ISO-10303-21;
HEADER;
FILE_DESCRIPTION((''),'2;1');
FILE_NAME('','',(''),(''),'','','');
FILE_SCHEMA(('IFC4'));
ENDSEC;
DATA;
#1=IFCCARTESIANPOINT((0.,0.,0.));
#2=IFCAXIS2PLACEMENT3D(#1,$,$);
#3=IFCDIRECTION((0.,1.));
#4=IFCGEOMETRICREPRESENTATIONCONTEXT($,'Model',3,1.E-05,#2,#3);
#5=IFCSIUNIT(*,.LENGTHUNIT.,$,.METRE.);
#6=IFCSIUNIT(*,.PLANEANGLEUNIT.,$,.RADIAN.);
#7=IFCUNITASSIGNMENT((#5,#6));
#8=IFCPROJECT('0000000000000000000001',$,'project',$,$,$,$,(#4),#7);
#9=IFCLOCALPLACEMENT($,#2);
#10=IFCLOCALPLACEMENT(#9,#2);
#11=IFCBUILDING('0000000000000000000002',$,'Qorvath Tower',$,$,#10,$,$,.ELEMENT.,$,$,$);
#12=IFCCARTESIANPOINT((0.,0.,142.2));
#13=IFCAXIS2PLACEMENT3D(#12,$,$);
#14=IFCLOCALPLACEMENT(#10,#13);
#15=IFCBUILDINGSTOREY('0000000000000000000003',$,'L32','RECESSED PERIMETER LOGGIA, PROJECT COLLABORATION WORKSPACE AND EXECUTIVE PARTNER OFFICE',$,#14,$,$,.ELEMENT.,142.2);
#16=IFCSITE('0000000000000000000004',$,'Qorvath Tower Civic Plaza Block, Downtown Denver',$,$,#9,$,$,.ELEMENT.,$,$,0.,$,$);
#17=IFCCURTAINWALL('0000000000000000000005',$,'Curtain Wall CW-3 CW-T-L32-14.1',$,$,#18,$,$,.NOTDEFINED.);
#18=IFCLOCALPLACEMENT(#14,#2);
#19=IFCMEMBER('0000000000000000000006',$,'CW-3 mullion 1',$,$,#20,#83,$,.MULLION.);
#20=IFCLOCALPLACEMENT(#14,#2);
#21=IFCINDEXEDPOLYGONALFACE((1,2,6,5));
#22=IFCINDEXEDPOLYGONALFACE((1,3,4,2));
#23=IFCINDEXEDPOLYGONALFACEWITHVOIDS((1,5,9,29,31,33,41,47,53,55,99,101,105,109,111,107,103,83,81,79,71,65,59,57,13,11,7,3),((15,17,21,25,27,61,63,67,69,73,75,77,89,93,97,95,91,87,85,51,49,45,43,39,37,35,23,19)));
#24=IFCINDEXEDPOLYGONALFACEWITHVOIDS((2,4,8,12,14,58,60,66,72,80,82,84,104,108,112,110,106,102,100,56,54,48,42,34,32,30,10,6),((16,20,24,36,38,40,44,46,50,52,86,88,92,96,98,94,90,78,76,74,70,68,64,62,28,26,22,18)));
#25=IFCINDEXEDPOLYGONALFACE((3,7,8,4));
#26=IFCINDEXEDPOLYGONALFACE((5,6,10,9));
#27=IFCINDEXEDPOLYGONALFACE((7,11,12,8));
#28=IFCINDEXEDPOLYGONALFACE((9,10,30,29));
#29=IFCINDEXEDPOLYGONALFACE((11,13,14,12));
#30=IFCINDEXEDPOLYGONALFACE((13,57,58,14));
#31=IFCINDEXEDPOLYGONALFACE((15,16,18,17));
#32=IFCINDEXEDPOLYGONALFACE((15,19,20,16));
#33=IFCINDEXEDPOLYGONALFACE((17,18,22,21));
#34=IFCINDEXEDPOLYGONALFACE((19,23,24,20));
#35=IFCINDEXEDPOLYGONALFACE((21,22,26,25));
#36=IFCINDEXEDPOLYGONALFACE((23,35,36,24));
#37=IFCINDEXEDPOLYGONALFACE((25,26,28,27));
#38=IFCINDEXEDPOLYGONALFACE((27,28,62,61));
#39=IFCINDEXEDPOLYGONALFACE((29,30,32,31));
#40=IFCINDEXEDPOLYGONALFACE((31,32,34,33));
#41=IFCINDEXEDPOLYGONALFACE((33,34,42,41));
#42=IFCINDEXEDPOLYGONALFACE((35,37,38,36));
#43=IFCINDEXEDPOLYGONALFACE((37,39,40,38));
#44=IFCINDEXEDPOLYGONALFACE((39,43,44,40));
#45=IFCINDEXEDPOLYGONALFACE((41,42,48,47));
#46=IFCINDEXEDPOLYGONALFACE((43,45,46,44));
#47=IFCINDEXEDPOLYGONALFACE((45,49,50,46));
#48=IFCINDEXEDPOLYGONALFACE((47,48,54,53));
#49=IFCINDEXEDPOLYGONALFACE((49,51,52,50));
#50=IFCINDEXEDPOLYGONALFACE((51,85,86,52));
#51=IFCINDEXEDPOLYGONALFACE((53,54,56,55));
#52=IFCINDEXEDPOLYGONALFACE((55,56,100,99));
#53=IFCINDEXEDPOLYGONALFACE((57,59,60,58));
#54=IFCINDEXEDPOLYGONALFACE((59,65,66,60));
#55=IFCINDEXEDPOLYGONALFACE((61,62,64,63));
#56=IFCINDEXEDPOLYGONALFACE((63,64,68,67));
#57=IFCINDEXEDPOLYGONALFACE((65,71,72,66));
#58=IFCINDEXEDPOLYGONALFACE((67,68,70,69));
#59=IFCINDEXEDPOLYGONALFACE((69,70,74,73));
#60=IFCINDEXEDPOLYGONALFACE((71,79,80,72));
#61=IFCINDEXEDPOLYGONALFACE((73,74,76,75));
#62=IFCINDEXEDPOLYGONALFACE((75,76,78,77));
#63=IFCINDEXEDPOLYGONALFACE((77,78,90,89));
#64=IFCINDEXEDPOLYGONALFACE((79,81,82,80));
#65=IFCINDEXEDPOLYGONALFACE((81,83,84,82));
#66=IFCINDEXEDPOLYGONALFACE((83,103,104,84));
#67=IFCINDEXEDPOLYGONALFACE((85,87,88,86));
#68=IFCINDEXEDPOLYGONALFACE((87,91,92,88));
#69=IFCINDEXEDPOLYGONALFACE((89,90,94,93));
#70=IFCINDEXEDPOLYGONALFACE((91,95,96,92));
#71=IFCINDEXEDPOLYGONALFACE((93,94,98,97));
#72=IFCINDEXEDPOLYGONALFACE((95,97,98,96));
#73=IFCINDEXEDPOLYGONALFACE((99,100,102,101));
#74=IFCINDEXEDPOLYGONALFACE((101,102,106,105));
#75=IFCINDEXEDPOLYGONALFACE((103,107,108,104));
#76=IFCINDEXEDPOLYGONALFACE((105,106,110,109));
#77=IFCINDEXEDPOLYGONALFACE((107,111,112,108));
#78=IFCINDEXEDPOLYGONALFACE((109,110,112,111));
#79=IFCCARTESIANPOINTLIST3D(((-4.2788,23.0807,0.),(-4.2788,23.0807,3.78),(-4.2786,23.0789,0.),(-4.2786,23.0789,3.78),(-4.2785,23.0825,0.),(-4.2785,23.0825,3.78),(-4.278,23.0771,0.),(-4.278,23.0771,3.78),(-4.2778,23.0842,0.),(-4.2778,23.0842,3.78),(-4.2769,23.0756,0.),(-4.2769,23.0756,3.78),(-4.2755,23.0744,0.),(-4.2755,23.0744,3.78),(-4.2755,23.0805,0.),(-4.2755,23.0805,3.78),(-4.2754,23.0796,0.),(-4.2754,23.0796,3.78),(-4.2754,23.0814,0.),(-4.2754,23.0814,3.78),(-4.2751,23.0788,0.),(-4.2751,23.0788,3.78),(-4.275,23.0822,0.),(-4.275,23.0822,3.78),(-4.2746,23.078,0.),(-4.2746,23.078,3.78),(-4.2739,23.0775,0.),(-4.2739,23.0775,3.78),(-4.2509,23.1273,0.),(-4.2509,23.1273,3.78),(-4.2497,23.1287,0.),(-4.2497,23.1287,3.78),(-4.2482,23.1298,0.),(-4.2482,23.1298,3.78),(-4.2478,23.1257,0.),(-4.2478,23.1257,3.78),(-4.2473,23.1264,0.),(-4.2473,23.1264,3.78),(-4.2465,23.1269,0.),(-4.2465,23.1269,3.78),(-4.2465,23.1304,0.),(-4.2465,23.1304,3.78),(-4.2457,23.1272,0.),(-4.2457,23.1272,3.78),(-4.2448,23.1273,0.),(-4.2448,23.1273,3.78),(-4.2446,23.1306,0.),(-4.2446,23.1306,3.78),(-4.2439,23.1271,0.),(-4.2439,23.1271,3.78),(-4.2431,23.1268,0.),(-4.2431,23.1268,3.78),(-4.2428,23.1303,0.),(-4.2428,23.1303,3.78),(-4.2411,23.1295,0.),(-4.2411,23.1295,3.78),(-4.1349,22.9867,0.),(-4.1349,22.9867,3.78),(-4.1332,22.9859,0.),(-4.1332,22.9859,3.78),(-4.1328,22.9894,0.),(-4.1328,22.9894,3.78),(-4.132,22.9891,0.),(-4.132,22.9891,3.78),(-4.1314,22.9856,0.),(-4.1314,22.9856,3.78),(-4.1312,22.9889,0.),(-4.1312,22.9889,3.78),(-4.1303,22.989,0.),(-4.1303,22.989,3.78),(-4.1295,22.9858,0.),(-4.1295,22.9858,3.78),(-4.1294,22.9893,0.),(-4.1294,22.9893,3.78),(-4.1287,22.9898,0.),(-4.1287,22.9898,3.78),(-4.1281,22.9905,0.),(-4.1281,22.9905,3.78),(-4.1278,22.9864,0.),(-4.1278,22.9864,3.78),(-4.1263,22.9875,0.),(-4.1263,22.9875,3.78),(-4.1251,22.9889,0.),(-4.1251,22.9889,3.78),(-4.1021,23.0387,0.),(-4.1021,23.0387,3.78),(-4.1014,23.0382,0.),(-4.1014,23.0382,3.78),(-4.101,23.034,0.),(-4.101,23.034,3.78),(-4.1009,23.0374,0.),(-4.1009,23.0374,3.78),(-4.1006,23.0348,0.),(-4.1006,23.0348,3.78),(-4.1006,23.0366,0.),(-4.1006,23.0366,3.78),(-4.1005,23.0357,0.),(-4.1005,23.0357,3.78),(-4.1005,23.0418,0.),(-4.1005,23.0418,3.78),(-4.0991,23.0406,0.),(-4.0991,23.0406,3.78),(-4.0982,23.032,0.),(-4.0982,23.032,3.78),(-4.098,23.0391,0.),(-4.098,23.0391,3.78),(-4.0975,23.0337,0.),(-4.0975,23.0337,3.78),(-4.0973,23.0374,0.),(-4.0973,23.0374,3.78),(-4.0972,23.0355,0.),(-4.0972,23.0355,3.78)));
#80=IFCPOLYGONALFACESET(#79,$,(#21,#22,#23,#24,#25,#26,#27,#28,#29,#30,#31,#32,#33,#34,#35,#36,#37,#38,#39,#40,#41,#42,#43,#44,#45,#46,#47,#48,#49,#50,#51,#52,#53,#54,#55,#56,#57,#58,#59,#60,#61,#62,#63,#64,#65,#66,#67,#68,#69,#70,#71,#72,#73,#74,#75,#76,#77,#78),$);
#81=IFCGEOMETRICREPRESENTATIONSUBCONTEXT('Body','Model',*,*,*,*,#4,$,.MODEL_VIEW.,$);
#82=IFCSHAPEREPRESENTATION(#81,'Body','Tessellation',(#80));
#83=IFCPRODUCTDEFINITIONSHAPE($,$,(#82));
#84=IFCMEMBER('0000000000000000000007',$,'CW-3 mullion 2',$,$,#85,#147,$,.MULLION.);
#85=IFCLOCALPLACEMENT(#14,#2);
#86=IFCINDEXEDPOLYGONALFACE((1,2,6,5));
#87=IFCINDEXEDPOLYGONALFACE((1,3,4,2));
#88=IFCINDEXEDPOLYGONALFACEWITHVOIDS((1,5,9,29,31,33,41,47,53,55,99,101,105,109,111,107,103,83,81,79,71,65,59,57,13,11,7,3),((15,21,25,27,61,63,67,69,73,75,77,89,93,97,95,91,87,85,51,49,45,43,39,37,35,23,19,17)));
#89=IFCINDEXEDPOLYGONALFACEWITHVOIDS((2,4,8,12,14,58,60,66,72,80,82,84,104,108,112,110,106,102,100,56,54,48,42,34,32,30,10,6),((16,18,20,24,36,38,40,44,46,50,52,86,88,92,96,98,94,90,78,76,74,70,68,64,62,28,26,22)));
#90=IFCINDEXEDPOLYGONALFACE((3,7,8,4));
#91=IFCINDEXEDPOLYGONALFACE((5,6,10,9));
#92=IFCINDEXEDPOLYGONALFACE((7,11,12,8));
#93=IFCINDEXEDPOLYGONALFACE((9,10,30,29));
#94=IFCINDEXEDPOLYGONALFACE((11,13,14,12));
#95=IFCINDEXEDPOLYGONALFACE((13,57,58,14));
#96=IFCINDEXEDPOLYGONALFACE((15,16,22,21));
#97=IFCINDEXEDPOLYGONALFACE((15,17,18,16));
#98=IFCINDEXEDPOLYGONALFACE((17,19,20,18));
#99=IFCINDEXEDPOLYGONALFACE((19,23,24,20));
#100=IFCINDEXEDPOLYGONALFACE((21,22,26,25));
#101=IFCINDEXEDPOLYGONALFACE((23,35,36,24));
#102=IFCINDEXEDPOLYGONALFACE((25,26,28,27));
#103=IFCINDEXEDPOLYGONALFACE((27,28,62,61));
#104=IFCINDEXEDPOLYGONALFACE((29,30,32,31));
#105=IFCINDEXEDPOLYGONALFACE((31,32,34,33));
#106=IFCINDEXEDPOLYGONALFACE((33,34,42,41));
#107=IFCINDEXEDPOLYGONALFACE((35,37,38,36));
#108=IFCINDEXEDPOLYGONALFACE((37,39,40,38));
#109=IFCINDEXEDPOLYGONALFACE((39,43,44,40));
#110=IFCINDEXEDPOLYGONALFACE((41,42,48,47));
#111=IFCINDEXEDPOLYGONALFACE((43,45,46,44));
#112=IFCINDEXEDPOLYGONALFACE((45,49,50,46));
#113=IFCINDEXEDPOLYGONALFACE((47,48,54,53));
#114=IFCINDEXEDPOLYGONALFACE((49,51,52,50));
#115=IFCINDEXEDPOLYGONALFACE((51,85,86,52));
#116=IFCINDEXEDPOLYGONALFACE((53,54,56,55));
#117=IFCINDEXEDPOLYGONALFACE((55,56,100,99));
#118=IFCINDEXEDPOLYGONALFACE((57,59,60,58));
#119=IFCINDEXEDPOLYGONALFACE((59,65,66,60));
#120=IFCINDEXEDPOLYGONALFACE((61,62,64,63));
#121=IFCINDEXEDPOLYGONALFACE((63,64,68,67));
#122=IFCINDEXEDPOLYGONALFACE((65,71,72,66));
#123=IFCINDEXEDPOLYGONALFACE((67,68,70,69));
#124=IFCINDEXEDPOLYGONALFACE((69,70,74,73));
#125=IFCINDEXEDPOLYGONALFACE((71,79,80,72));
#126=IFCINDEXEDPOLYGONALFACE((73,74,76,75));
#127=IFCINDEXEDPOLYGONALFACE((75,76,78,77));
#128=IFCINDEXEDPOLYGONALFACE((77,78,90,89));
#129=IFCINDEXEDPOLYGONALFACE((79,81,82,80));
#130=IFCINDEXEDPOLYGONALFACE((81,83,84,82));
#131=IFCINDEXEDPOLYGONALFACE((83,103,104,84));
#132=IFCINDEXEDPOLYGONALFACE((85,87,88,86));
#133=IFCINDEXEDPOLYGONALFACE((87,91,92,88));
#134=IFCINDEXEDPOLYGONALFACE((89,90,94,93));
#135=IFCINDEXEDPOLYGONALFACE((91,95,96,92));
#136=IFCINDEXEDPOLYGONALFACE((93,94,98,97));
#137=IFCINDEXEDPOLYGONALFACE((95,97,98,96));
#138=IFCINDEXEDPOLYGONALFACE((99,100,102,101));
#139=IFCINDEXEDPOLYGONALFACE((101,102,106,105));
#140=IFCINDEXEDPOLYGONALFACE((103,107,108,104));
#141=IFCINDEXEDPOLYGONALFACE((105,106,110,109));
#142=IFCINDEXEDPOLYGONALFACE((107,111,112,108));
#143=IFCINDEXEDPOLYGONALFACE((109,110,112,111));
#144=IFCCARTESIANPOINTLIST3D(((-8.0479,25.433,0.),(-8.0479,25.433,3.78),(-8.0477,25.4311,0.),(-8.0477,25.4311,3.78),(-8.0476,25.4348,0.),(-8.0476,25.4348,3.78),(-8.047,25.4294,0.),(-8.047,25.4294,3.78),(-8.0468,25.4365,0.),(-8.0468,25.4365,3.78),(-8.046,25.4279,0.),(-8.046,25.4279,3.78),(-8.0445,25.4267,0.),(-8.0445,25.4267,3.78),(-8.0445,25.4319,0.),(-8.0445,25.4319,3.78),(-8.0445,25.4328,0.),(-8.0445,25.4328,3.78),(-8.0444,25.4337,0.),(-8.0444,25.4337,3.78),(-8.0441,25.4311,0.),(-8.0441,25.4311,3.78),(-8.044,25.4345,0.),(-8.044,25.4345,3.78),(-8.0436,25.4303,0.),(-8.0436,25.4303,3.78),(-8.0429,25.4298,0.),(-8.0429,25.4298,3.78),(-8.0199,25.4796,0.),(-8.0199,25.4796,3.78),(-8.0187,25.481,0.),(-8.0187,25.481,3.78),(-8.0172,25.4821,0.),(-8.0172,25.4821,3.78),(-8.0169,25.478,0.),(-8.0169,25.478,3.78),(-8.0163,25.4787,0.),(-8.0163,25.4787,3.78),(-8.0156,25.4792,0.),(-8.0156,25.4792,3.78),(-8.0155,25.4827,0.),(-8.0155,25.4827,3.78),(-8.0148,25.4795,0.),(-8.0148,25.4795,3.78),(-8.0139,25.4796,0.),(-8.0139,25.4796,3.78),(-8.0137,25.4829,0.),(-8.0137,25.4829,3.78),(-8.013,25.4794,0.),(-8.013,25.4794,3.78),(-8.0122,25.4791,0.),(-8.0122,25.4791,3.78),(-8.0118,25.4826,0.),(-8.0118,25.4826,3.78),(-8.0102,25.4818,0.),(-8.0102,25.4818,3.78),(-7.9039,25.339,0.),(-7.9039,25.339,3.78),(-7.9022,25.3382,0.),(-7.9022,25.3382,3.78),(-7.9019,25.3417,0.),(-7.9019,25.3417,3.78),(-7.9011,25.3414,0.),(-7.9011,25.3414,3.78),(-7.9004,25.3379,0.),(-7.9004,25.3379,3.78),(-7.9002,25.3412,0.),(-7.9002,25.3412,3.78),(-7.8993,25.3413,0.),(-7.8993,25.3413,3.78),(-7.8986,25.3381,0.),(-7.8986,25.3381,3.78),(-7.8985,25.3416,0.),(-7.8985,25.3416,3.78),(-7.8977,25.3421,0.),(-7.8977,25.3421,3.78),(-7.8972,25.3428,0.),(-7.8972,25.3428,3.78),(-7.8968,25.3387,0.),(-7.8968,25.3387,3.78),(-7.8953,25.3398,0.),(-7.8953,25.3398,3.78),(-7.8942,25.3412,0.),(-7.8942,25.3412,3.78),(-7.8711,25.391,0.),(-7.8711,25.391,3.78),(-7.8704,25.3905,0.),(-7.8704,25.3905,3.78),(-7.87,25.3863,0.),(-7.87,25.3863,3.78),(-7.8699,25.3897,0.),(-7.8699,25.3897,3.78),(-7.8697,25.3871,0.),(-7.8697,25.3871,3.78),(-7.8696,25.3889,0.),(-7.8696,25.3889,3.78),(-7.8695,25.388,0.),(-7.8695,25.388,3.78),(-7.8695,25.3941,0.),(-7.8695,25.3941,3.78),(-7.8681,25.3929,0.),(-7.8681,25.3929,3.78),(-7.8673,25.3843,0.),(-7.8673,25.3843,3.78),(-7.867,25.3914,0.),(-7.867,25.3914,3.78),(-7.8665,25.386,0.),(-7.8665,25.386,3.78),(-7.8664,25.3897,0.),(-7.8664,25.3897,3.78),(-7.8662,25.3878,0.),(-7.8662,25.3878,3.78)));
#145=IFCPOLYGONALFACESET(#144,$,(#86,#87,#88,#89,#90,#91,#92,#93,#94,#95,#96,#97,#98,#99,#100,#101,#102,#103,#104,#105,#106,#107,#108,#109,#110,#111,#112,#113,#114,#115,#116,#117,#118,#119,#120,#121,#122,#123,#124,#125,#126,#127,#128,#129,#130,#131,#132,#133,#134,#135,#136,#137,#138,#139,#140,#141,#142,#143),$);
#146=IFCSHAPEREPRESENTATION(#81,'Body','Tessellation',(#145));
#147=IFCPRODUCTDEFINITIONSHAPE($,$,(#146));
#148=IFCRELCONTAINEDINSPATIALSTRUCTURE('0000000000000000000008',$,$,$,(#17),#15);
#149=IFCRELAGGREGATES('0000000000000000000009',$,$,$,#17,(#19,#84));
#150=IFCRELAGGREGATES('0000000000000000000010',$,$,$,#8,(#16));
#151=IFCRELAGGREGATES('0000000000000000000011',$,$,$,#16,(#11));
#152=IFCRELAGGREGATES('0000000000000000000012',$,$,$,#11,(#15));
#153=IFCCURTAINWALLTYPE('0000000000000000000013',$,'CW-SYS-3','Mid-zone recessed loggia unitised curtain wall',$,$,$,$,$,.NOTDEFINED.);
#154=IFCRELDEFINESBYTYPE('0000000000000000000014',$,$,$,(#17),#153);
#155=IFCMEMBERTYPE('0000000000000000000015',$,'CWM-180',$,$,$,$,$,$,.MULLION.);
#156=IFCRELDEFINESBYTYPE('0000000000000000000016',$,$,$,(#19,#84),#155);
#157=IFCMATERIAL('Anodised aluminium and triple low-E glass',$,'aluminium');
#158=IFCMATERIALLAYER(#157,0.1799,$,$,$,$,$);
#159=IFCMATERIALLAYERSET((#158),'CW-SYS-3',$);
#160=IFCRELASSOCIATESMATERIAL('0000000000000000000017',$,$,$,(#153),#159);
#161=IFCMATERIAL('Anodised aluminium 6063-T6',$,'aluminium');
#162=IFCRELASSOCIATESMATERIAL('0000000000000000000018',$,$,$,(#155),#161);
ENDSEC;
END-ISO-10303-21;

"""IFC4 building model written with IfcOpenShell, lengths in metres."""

from ifc_helpers import new_model, si_unit, direction, frame, origin, origin_2d, place, context, subcontext, project, spatial, hollow_rectangle, extrude, material, layer, layer_set, material_profile, profile_set, type_object, element, aggregate, save


model = new_model("IFC4")

# Units and contexts
model_context = context("Model", 3, precision=1e-05, world=origin(), true_north=direction((0.0, 1.0)))
body_context = subcontext(model_context, "Body", "Model", "MODEL_VIEW")
ifc_project = project(units=[si_unit("LENGTHUNIT", "METRE"), si_unit("PLANEANGLEUNIT", "RADIAN")], contexts=[model_context])

# Site, building, storey
site_placement = place(None, origin())
site = spatial("IfcSite", under=ifc_project, at=site_placement, Name="Qorvath Tower Civic Plaza Block, Downtown Denver", CompositionType="ELEMENT", RefElevation=0.0)
building_placement = place(site_placement, origin())
building = spatial("IfcBuilding", under=site, at=building_placement, Name="Qorvath Tower", CompositionType="ELEMENT")
storey_placement = place(building_placement, frame((0.0, 0.0, 142.2)))
storey = spatial("IfcBuildingStorey", under=building, at=storey_placement, Name="L32", Description="RECESSED PERIMETER LOGGIA, PROJECT COLLABORATION WORKSPACE AND EXECUTIVE PARTNER OFFICE", CompositionType="ELEMENT", Elevation=142.2)

# Shared definitions
ifc_material_1 = material(Name="Anodised aluminium and triple low-E glass", Category="aluminium")
ifc_layer_1 = layer(ifc_material_1, 0.1799)
ifc_layer_set_1 = layer_set([ifc_layer_1], Name="CW-SYS-3")
curtain_wall_type = type_object("IfcCurtainWallType", Name="CW-SYS-3", Description="Mid-zone recessed loggia unitised curtain wall", PredefinedType="NOTDEFINED", material=ifc_layer_set_1)
ifc_material_2 = material(Name="Anodised aluminium 6063-T6", Category="aluminium")
ifc_material_profile_1 = material_profile(ifc_material_2, hollow_rectangle(XDim=0.0649, YDim=0.1799, WallThickness=0.0034, InnerFilletRadius=0.0034, OuterFilletRadius=0.0071, at=origin_2d()), Name="CWM 180x65")
ifc_profile_set_1 = profile_set([ifc_material_profile_1], Name="Anodised aluminium 6063-T6")
member_type_1 = type_object("IfcMemberType", Name="CWM-180", PredefinedType="MULLION", material=ifc_profile_set_1)

# Curtain wall, members
curtain_wall_1_placement = place(storey_placement, origin())
curtain_wall_1 = element("IfcCurtainWall", 1, at=curtain_wall_1_placement, inside=storey, type_object=curtain_wall_type, Name="Curtain Wall CW-3 CW-T-L32-14.1", PredefinedType="NOTDEFINED")
member_1_placement = place(storey_placement, frame((-4.188, 23.0581, 0.0), z_axis=(0.0, 0.0, 1.0), x_axis=(-0.529441, -0.848346, 0.0)))
member_1 = element("IfcMember", 2, at=member_1_placement, type_object=member_type_1, Name="CW-3 mullion 1", PredefinedType="MULLION", context=body_context, shape_type="SweptSolid", body=[
    extrude(hollow_rectangle(XDim=0.0649, YDim=0.1799, WallThickness=0.0034, InnerFilletRadius=0.0034, OuterFilletRadius=0.0071, at=origin_2d()), origin(), (0.0, 0.0, 1.0), 3.78),
])
member_2_placement = place(storey_placement, frame((-7.957, 25.4104, 0.0), z_axis=(0.0, 0.0, 1.0), x_axis=(-0.529441, -0.848346, 0.0)))
member_2 = element("IfcMember", 3, at=member_2_placement, type_object=member_type_1, Name="CW-3 mullion 2", PredefinedType="MULLION", context=body_context, shape_type="SweptSolid", body=[
    extrude(hollow_rectangle(XDim=0.0649, YDim=0.1799, WallThickness=0.0034, InnerFilletRadius=0.0034, OuterFilletRadius=0.0071, at=origin_2d()), origin(), (0.0, 0.0, 1.0), 3.78),
])

aggregate(curtain_wall_1, [member_1, member_2])

save(model, "model.ifc")
